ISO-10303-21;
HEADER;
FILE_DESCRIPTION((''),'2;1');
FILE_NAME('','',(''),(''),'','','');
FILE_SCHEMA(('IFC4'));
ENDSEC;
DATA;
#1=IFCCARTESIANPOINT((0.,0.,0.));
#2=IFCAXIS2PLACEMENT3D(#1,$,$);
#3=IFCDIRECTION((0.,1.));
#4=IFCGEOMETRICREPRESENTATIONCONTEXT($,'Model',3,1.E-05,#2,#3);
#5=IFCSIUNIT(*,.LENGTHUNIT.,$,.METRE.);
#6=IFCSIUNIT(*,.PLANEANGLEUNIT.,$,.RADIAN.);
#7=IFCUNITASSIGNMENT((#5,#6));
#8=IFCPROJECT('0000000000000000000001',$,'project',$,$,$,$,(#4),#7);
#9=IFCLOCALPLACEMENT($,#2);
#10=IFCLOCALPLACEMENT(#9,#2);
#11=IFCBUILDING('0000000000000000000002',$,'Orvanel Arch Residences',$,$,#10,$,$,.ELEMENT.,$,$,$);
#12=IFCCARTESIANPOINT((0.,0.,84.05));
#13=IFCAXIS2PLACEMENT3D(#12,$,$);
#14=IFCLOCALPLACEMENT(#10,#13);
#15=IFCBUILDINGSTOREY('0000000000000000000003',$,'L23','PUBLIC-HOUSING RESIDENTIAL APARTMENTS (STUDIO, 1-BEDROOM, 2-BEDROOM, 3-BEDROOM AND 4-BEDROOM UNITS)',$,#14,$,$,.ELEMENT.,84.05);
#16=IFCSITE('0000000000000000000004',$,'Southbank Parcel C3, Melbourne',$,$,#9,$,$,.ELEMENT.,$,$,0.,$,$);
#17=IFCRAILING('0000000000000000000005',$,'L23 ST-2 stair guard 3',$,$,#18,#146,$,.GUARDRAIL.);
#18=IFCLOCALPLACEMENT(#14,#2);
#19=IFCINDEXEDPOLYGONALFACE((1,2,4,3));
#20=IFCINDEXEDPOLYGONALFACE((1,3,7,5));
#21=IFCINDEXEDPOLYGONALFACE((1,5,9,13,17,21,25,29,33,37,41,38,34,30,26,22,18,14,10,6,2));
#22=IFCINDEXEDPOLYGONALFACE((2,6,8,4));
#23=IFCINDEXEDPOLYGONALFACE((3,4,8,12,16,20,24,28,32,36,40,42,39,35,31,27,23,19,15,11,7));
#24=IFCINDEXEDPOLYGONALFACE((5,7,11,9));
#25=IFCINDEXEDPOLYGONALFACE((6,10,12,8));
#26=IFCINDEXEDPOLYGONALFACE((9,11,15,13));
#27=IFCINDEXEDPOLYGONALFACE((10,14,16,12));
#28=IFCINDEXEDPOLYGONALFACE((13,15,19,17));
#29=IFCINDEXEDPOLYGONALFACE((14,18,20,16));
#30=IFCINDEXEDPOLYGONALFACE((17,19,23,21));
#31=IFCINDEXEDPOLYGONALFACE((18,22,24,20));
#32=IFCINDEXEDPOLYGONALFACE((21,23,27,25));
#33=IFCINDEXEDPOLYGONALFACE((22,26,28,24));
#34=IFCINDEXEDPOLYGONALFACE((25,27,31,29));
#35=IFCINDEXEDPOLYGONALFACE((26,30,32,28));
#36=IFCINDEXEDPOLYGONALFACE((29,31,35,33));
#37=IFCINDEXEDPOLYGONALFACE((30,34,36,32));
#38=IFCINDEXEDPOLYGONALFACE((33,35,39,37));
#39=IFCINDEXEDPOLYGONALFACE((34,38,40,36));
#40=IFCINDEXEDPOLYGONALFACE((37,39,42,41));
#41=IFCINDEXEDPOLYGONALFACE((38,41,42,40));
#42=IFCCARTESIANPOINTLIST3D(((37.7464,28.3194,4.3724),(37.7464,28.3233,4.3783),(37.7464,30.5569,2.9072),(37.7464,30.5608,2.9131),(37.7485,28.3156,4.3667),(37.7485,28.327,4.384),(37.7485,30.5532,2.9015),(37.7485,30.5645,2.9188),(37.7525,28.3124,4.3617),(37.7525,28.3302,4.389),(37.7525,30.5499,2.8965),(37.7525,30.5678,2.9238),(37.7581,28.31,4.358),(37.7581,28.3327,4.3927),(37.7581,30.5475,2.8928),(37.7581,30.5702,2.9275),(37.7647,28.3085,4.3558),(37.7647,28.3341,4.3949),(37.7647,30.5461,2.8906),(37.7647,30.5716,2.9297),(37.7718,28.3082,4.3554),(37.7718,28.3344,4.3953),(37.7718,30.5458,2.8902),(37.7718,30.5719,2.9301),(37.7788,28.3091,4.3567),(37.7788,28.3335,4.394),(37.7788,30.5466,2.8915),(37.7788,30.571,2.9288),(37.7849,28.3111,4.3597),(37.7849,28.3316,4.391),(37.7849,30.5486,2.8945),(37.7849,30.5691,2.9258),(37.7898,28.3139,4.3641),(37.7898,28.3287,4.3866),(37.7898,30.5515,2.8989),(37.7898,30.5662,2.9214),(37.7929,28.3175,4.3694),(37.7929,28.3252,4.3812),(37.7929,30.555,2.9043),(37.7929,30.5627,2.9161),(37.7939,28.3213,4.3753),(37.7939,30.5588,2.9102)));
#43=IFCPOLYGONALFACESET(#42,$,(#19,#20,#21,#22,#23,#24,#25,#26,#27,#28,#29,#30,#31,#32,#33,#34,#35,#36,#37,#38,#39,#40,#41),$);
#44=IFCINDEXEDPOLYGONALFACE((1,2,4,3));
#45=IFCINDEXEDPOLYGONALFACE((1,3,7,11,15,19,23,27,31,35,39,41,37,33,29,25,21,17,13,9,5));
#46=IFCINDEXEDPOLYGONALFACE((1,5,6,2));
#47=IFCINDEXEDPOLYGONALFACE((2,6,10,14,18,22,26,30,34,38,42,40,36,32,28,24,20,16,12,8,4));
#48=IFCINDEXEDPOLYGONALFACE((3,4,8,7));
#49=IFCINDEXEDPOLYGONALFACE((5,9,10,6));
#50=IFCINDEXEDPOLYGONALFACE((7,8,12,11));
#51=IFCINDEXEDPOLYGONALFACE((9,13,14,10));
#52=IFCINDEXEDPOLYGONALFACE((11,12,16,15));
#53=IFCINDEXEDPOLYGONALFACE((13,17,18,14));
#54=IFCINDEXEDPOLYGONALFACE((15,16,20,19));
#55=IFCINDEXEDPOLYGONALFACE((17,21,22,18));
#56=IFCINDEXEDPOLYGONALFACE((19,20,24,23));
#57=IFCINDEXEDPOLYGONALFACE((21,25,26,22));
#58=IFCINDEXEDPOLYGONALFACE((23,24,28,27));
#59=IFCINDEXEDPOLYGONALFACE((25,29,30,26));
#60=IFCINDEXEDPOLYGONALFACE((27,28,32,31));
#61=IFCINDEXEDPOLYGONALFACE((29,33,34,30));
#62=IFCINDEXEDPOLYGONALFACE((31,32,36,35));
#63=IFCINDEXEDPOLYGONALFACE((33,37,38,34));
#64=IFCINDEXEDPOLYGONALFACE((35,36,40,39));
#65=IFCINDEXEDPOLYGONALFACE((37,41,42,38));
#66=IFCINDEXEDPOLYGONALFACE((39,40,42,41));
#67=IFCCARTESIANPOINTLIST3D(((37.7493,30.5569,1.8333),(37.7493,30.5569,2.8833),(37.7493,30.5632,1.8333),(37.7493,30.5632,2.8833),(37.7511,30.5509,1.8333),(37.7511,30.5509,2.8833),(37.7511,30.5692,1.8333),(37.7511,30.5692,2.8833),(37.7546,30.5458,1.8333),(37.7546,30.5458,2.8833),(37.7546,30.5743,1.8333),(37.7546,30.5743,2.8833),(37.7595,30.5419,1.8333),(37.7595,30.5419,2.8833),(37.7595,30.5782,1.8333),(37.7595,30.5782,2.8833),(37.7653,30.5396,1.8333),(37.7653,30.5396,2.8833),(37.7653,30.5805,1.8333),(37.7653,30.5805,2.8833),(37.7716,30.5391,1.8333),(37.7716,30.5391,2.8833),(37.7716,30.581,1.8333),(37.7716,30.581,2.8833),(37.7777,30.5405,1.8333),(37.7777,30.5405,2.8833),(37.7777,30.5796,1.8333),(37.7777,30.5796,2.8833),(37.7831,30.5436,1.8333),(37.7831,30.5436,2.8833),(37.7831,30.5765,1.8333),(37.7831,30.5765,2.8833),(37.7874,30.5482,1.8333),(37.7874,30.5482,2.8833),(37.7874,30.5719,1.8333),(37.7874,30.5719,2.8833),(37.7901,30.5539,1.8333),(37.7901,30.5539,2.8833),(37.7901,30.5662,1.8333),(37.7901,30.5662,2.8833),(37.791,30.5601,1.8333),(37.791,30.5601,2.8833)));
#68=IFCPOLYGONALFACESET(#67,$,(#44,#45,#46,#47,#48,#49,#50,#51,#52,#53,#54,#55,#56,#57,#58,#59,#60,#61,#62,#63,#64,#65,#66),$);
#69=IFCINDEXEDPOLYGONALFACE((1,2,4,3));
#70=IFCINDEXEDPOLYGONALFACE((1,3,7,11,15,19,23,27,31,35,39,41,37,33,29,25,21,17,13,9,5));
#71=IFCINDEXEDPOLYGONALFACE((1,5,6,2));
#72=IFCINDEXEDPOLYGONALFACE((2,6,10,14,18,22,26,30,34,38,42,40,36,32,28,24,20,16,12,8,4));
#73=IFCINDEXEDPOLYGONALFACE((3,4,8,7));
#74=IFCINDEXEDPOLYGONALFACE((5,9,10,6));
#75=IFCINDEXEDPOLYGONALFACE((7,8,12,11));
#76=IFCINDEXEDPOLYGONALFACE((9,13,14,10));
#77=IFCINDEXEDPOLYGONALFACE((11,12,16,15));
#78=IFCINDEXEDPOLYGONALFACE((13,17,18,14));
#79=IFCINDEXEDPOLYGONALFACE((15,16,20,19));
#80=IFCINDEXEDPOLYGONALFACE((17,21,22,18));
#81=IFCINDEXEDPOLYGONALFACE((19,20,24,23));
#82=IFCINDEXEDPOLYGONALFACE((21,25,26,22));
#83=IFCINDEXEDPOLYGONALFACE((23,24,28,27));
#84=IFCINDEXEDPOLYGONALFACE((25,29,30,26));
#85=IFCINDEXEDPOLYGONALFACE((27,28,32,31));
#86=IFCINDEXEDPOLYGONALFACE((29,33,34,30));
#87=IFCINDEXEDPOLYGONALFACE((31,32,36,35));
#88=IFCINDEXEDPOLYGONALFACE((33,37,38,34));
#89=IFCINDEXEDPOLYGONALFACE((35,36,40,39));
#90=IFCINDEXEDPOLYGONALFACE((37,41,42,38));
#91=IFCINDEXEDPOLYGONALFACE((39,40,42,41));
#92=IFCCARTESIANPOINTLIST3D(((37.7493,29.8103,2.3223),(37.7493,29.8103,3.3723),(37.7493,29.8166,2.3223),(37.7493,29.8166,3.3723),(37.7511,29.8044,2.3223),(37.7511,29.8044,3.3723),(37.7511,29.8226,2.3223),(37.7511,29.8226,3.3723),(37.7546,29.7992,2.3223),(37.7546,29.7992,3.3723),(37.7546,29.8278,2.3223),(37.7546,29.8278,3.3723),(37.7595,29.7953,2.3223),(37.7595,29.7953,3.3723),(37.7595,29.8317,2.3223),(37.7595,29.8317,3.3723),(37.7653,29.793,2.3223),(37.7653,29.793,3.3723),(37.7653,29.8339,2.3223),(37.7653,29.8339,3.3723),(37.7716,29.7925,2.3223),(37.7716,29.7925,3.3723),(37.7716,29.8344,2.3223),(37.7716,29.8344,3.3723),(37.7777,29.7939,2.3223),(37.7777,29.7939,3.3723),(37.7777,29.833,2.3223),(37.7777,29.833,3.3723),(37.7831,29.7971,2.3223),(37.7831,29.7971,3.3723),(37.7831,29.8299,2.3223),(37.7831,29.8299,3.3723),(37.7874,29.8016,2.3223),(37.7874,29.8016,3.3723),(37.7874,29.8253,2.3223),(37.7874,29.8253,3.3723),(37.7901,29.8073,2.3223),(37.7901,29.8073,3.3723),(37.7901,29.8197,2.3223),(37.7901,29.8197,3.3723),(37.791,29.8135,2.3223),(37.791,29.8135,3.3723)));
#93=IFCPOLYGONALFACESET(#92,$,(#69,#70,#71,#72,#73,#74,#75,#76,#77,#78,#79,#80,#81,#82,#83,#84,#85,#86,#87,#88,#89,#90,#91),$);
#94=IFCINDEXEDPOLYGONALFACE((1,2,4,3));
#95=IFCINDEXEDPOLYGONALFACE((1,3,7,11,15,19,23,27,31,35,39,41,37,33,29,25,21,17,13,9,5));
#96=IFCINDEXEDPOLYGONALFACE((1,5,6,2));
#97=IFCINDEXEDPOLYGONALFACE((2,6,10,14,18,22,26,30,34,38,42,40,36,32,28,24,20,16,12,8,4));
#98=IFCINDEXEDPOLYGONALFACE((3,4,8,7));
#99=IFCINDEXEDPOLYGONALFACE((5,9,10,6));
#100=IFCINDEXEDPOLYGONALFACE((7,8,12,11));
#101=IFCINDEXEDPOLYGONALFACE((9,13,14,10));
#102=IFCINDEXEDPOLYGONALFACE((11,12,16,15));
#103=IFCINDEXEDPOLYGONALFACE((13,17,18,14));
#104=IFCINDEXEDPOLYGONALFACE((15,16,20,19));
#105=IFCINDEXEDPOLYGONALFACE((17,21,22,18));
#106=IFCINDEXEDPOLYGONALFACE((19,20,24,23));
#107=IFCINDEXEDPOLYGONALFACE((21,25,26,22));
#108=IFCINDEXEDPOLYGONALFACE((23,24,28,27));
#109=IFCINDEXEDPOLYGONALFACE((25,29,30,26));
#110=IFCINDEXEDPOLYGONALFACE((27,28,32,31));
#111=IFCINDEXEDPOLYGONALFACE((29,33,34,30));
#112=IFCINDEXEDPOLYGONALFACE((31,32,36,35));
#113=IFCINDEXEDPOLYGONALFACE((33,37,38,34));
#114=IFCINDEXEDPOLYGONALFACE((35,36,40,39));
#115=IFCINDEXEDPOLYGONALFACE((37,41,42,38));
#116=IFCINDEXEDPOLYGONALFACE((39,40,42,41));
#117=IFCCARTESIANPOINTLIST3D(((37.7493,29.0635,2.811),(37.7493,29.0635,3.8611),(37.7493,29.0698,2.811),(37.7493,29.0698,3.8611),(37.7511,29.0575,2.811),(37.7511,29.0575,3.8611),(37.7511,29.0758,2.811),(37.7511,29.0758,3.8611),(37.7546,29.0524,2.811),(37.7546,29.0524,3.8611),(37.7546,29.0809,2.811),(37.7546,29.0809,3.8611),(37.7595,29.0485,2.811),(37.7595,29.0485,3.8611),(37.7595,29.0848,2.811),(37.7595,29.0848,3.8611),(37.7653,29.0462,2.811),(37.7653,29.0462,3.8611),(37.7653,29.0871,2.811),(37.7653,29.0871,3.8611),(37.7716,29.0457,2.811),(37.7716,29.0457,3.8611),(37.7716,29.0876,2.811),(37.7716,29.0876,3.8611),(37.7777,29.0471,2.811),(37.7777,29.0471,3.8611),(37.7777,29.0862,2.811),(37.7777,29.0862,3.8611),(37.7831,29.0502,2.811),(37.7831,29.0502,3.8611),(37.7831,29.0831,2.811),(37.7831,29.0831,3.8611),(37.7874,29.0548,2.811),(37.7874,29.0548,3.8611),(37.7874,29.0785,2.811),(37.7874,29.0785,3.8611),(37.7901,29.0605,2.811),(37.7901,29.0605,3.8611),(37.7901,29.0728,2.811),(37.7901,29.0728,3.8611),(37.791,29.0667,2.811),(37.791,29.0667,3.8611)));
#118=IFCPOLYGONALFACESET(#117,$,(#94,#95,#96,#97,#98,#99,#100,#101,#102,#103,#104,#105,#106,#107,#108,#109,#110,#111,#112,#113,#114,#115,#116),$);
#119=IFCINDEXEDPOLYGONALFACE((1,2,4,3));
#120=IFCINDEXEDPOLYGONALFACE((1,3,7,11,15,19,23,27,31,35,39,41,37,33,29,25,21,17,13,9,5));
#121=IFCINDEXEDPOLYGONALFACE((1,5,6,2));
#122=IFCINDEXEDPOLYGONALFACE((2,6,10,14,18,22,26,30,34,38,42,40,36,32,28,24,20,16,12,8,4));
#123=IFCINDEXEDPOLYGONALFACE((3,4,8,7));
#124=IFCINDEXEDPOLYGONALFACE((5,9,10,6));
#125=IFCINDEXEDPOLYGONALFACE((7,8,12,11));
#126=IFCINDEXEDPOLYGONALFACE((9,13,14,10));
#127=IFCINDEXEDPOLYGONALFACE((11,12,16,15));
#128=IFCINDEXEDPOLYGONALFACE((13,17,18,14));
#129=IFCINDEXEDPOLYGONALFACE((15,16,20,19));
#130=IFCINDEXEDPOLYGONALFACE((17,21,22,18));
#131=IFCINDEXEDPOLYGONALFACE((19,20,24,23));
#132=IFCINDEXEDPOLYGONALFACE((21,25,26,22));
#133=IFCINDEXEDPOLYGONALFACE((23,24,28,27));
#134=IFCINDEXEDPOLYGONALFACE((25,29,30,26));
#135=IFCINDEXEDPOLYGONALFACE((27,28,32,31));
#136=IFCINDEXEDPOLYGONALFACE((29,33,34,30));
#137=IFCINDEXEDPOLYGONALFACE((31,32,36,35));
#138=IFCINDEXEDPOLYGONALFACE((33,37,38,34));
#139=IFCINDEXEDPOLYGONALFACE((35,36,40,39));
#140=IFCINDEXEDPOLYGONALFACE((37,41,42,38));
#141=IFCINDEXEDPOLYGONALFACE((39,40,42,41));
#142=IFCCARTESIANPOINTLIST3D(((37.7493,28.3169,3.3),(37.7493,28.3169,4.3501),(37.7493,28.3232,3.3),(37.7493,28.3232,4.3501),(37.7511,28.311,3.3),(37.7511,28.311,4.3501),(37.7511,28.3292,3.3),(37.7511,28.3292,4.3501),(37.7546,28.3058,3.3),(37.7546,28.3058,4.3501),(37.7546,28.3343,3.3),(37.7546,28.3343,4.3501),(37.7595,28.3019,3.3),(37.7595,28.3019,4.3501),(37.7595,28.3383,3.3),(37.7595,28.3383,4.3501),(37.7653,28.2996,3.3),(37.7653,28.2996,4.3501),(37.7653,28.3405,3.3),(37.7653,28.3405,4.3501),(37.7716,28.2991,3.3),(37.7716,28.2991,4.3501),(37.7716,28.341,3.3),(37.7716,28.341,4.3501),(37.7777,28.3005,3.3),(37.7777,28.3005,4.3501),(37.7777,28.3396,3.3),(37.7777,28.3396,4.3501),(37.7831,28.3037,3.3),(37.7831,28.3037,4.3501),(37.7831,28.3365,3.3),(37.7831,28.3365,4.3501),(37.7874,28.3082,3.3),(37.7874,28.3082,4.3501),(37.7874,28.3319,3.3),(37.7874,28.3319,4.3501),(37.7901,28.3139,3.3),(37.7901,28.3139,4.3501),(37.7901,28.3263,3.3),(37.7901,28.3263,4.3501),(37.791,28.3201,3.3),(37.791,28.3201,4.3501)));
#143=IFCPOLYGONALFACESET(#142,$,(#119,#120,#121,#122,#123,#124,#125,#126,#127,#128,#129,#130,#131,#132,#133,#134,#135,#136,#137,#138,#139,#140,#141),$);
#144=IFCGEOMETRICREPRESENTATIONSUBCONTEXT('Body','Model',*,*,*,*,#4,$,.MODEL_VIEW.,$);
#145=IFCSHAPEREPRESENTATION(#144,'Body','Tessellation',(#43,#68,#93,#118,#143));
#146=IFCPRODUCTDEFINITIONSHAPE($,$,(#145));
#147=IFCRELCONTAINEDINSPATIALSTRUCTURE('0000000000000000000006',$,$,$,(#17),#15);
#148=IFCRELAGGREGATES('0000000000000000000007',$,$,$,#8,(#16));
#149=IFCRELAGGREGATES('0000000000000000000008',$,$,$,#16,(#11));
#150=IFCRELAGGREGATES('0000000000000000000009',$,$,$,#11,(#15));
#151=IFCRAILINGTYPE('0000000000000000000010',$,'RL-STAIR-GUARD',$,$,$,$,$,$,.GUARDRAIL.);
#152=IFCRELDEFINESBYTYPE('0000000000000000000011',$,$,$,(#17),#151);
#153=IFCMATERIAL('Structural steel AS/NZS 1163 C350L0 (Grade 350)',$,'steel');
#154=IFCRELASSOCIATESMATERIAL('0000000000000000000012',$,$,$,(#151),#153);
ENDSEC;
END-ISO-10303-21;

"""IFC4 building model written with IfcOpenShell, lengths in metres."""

from ifc_helpers import new_model, si_unit, direction, frame, origin, origin_2d, place, context, subcontext, project, spatial, circle, extrude, material, type_object, element, save


model = new_model("IFC4")

# Units and contexts
model_context = context("Model", 3, precision=1e-05, world=origin(), true_north=direction((0.0, 1.0)))
body_context = subcontext(model_context, "Body", "Model", "MODEL_VIEW")
ifc_project = project(units=[si_unit("LENGTHUNIT", "METRE"), si_unit("PLANEANGLEUNIT", "RADIAN")], contexts=[model_context])

# Site, building, storey
site_placement = place(None, origin())
site = spatial("IfcSite", under=ifc_project, at=site_placement, Name="Southbank Parcel C3, Melbourne", CompositionType="ELEMENT", RefElevation=0.0)
building_placement = place(site_placement, origin())
building = spatial("IfcBuilding", under=site, at=building_placement, Name="Orvanel Arch Residences", CompositionType="ELEMENT")
storey_placement = place(building_placement, frame((0.0, 0.0, 84.05)))
storey = spatial("IfcBuildingStorey", under=building, at=storey_placement, Name="L23", Description="PUBLIC-HOUSING RESIDENTIAL APARTMENTS (STUDIO, 1-BEDROOM, 2-BEDROOM, 3-BEDROOM AND 4-BEDROOM UNITS)", CompositionType="ELEMENT", Elevation=84.05)

# Railing
ifc_material_1 = material(Name="Structural steel AS/NZS 1163 C350L0 (Grade 350)", Category="steel")
railing_type_1 = type_object("IfcRailingType", Name="RL-STAIR-GUARD", PredefinedType="GUARDRAIL", material=ifc_material_1)
railing_1_placement = place(storey_placement, frame((37.77, 30.5601, 1.8333)))
element("IfcRailing", 1, at=railing_1_placement, inside=storey, type_object=railing_type_1, Name="L23 ST-2 stair guard 3", PredefinedType="GUARDRAIL", context=body_context, shape_type="SweptSolid", body=[
    extrude(circle(Radius=0.0239, at=origin_2d()), frame((0.0, -0.0012, 1.0769), z_axis=(0.0, -0.836595, 0.547822), x_axis=(1.0, 0.0, 0.0)), (0.0, 0.0, 1.0), 2.6746),
    extrude(circle(Radius=0.021, at=origin_2d()), origin(), (0.0, 0.0, 1.0), 1.05),
    extrude(circle(Radius=0.021, at=origin_2d()), frame((0.0, -0.7466, 0.489)), (0.0, 0.0, 1.0), 1.05),
    extrude(circle(Radius=0.021, at=origin_2d()), frame((0.0, -1.4934, 0.9778)), (0.0, 0.0, 1.0), 1.05),
    extrude(circle(Radius=0.021, at=origin_2d()), frame((0.0, -2.24, 1.4668)), (0.0, 0.0, 1.0), 1.05),
])

save(model, "model.ifc")
